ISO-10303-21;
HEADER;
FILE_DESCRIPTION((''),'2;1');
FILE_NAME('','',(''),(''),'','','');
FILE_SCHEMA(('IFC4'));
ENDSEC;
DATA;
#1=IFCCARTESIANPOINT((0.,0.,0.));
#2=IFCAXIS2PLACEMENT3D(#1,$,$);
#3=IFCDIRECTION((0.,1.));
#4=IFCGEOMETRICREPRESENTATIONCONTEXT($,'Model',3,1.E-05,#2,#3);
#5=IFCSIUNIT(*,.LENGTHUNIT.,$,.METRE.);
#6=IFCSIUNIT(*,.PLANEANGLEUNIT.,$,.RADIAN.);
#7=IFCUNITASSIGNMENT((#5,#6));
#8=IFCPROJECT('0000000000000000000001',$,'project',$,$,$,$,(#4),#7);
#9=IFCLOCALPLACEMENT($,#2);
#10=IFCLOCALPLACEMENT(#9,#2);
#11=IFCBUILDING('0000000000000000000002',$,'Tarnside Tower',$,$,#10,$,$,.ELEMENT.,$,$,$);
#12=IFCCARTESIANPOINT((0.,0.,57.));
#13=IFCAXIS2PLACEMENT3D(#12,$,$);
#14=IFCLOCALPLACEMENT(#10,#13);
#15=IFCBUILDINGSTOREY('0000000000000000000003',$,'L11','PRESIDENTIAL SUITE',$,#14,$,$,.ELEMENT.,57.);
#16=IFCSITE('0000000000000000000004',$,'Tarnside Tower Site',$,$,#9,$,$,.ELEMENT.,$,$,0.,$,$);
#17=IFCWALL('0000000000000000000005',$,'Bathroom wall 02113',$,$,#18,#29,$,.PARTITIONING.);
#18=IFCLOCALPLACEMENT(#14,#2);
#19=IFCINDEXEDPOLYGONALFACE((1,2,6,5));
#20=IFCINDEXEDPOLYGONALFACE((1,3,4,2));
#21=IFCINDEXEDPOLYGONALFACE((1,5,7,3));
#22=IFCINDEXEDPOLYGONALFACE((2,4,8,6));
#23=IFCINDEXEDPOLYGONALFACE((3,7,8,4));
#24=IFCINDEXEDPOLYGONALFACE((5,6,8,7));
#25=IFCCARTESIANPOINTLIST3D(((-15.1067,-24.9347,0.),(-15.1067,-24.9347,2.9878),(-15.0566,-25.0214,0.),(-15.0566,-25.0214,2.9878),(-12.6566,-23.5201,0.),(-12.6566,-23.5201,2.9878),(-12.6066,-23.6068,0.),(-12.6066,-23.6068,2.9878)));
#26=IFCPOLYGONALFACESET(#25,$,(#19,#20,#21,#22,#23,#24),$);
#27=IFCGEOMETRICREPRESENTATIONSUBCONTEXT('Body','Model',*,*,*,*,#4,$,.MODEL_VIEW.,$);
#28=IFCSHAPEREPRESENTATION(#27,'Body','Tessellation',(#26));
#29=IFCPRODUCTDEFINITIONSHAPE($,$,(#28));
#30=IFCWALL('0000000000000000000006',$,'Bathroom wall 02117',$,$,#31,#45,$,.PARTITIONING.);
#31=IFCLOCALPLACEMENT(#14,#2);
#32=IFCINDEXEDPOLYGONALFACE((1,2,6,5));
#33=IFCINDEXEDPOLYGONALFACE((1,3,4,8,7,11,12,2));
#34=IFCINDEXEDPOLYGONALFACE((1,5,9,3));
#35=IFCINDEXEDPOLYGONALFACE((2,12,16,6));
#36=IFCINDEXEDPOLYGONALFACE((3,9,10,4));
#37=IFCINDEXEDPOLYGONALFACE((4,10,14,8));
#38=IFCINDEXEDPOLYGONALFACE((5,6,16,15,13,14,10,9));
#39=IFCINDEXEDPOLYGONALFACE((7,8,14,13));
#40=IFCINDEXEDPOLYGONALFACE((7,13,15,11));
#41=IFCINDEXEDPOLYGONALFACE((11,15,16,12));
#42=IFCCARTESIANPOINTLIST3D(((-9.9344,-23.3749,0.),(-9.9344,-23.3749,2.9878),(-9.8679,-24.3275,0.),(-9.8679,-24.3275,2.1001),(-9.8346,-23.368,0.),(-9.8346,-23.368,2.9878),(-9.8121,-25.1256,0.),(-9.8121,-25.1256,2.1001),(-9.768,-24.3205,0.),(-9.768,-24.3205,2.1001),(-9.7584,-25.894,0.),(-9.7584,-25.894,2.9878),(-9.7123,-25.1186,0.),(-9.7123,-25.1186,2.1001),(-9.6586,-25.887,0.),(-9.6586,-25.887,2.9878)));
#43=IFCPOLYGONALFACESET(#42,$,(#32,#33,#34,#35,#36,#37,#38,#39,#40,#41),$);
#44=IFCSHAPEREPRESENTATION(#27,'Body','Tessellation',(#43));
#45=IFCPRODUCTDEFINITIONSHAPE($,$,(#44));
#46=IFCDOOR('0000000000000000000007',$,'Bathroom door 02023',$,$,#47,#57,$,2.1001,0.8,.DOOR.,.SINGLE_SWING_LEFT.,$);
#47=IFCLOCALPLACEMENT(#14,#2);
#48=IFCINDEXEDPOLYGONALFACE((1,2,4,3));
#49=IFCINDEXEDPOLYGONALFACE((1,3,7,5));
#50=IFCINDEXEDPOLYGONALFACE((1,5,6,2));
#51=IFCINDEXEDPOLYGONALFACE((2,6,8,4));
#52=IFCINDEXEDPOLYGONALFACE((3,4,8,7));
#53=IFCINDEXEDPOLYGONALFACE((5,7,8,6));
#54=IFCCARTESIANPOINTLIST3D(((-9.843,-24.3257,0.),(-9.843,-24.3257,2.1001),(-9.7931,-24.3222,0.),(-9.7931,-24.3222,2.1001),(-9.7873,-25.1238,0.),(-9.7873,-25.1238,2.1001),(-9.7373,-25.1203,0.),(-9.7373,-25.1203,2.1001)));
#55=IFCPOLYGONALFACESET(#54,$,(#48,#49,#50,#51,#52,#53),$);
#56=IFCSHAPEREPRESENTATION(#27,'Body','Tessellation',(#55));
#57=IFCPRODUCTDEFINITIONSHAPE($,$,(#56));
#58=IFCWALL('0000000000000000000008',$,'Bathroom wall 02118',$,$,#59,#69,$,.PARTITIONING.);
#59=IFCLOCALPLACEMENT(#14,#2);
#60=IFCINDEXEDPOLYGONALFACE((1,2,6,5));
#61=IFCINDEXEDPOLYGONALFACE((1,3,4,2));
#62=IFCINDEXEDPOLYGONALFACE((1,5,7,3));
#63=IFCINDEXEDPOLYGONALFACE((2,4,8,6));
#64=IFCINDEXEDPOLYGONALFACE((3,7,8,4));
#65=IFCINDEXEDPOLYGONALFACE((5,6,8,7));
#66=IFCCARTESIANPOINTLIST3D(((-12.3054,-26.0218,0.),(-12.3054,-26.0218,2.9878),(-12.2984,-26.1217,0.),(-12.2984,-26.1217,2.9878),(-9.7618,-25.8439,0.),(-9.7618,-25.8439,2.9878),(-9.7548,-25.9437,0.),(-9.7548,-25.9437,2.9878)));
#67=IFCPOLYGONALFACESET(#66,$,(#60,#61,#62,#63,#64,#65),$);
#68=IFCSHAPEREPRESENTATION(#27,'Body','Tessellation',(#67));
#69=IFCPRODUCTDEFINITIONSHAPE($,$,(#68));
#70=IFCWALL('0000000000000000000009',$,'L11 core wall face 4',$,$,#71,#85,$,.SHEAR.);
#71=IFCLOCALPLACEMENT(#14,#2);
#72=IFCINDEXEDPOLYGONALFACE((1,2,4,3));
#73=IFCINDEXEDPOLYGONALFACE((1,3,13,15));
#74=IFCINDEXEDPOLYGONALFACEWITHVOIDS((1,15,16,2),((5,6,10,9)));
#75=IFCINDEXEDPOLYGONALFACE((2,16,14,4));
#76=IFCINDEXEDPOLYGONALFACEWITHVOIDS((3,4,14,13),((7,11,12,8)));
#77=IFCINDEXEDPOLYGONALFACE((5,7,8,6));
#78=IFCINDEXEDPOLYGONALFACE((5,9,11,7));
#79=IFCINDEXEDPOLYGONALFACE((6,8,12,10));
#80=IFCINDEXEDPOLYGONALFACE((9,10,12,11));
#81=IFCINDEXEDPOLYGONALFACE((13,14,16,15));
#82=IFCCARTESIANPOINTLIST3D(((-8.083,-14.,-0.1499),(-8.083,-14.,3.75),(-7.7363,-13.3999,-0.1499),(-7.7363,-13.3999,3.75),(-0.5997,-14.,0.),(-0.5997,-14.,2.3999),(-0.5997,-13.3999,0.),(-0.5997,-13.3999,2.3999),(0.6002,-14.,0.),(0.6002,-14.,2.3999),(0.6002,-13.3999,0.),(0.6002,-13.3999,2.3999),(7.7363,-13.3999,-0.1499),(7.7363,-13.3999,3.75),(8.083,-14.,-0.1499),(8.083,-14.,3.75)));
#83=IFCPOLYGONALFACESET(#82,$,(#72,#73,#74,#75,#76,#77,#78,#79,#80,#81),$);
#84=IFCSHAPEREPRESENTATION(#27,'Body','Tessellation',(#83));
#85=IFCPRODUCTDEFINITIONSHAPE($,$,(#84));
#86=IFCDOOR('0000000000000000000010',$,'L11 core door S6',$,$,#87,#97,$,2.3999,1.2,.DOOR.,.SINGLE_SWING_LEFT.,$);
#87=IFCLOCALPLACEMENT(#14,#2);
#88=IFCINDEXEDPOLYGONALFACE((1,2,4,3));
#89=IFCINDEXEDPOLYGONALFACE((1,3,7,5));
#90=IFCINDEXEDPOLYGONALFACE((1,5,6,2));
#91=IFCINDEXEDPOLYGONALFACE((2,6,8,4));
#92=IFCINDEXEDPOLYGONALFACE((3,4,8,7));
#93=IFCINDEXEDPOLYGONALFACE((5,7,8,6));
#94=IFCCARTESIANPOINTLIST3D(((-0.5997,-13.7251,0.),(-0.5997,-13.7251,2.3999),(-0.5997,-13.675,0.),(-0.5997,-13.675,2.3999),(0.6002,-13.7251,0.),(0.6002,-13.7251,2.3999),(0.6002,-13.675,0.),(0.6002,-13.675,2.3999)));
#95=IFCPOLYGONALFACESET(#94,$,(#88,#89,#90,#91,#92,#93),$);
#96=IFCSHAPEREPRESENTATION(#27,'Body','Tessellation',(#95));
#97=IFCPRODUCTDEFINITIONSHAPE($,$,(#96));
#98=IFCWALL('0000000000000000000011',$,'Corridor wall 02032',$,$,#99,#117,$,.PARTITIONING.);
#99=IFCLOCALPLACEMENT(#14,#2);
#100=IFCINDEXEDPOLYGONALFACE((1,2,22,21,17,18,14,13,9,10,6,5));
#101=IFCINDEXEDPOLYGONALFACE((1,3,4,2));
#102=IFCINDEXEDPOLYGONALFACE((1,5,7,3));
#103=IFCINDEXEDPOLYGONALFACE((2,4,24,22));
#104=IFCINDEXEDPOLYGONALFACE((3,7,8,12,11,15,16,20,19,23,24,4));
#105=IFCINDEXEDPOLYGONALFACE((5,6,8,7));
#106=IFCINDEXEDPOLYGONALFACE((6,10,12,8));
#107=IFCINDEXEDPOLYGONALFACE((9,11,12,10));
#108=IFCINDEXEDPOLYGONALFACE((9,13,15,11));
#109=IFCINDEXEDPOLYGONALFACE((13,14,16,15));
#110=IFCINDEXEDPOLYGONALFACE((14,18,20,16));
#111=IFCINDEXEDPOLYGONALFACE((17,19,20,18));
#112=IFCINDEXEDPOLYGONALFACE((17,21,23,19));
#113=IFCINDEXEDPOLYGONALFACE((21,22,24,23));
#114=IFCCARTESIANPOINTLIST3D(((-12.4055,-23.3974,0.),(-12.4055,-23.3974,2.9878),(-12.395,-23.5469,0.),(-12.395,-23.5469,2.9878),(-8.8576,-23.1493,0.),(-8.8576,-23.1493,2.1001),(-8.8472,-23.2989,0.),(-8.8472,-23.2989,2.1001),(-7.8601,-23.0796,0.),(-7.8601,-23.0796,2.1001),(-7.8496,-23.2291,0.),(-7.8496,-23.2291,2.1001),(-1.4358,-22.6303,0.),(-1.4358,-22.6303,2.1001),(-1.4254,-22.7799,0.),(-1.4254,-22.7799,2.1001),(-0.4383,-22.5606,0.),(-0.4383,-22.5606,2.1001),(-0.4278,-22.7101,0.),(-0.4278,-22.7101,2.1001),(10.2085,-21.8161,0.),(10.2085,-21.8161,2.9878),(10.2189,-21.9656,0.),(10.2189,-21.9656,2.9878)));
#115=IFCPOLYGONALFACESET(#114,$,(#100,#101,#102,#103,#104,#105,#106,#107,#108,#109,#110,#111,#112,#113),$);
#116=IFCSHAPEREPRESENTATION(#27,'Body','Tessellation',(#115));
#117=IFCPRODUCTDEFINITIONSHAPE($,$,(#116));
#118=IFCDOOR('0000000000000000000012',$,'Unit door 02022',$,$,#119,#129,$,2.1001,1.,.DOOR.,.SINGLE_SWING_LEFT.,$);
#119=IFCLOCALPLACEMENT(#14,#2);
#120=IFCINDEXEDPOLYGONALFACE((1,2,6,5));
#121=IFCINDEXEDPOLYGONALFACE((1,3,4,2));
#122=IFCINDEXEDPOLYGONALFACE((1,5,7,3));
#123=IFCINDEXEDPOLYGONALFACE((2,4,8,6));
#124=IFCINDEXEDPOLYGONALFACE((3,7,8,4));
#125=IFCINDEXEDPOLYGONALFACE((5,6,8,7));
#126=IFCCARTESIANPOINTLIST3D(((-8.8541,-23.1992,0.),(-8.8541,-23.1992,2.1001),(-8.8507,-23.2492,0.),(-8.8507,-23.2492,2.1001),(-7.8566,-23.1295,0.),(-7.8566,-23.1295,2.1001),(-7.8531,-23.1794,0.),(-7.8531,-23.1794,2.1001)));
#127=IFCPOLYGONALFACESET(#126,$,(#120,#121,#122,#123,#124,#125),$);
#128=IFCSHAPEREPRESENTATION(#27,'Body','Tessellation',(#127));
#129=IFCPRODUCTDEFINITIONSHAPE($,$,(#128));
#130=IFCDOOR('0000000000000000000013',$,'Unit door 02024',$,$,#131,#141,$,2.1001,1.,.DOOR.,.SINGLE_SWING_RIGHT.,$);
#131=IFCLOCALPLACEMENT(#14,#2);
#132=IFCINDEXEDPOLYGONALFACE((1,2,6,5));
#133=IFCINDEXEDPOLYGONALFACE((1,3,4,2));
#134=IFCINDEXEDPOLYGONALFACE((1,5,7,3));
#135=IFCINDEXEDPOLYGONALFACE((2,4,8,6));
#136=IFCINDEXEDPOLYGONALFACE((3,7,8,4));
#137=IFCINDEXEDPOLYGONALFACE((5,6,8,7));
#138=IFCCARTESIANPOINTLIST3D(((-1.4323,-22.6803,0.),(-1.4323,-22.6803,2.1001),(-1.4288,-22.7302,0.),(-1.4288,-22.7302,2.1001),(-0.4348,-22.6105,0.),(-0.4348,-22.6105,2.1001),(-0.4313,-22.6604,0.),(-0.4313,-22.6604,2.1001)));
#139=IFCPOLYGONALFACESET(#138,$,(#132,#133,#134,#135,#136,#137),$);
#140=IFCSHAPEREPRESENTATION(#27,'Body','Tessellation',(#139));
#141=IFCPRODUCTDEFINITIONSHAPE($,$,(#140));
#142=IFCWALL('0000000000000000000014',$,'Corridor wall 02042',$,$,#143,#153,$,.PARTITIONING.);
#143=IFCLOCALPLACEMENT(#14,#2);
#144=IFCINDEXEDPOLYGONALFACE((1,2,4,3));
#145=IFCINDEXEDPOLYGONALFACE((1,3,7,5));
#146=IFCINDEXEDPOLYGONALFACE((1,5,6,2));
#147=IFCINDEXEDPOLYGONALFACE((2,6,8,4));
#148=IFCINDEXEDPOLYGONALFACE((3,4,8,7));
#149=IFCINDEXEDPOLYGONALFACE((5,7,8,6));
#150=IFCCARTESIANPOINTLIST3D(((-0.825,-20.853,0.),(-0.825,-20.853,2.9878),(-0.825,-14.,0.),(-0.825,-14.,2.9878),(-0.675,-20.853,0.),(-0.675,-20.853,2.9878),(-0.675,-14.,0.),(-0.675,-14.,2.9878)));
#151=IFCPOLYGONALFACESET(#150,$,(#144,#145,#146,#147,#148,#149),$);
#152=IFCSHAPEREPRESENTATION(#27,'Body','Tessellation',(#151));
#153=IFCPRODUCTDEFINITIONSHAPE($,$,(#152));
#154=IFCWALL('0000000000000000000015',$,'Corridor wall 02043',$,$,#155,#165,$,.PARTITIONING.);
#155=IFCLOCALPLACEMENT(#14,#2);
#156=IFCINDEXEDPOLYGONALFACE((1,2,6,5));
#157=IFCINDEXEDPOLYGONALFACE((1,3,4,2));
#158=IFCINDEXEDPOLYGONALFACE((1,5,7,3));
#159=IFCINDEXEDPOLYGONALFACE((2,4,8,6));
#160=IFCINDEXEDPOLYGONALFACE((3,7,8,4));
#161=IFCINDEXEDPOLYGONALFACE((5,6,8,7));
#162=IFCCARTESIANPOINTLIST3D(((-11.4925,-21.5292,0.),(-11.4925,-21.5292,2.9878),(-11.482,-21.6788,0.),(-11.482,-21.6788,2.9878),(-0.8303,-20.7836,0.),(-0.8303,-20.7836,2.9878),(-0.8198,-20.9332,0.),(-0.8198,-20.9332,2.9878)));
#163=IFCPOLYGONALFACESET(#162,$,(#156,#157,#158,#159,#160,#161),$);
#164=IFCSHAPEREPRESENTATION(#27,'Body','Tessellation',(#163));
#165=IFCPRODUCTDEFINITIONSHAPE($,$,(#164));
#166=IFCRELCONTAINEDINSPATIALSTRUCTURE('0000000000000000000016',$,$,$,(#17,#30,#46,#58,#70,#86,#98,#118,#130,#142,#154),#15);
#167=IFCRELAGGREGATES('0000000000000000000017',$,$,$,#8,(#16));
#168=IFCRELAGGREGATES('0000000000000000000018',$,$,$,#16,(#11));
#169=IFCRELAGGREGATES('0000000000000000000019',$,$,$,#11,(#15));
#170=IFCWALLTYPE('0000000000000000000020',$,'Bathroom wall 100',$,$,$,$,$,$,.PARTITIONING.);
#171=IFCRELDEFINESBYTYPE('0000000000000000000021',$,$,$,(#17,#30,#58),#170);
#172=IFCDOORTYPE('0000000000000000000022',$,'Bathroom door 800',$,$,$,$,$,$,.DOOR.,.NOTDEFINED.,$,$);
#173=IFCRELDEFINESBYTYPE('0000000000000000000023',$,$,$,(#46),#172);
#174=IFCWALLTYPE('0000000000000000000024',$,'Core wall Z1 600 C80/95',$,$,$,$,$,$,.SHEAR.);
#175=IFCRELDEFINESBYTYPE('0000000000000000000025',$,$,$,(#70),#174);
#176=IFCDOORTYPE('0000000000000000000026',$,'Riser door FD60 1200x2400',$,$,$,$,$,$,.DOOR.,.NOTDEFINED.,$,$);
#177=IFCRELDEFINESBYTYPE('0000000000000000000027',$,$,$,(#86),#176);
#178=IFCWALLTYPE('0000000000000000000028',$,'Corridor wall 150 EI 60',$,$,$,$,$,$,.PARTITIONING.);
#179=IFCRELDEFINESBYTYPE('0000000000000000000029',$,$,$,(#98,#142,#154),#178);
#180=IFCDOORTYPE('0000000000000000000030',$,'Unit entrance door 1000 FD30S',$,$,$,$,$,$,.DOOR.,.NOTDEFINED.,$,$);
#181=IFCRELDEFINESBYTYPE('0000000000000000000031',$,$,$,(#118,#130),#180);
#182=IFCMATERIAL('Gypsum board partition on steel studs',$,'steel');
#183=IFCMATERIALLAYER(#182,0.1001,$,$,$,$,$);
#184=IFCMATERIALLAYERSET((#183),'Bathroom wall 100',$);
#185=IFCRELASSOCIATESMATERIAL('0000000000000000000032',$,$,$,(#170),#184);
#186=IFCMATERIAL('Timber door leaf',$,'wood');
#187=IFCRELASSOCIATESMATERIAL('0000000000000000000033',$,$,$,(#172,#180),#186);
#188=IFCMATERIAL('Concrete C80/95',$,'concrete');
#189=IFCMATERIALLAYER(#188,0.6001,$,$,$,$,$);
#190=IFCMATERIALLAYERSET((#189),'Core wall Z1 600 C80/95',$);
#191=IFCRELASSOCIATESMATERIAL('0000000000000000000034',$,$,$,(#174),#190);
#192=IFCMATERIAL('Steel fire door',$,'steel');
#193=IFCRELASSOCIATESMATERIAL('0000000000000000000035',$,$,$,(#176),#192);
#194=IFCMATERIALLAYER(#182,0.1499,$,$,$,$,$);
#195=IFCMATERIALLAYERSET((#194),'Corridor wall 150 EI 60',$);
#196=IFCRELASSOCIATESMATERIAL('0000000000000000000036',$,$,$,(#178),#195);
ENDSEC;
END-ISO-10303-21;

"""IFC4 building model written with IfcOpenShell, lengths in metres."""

from ifc_helpers import new_model, si_unit, direction, frame, frame_2d, origin, place, context, subcontext, project, spatial, polyline, rectangle, outline, extrude, material, layer, layer_set, type_object, element, fill, save


model = new_model("IFC4")

# Units and contexts
model_context = context("Model", 3, precision=1e-05, world=origin(), true_north=direction((0.0, 1.0)))
body_context = subcontext(model_context, "Body", "Model", "MODEL_VIEW")
ifc_project = project(units=[si_unit("LENGTHUNIT", "METRE"), si_unit("PLANEANGLEUNIT", "RADIAN")], contexts=[model_context])

# Site, building, storey
site_placement = place(None, origin())
site = spatial("IfcSite", under=ifc_project, at=site_placement, Name="Tarnside Tower Site", CompositionType="ELEMENT", RefElevation=0.0)
building_placement = place(site_placement, origin())
building = spatial("IfcBuilding", under=site, at=building_placement, Name="Tarnside Tower", CompositionType="ELEMENT")
storey_placement = place(building_placement, frame((0.0, 0.0, 57.0)))
storey = spatial("IfcBuildingStorey", under=building, at=storey_placement, Name="L11", Description="PRESIDENTIAL SUITE", CompositionType="ELEMENT", Elevation=57.0)

# Wall
ifc_material_1 = material(Name="Gypsum board partition on steel studs", Category="steel")
ifc_layer_1 = layer(ifc_material_1, 0.1001)
ifc_layer_set_1 = layer_set([ifc_layer_1], Name="Bathroom wall 100")
wall_type_1 = type_object("IfcWallType", Name="Bathroom wall 100", PredefinedType="PARTITIONING", material=ifc_layer_set_1)
wall_1_placement = place(storey_placement, frame((-12.6316, -23.5635, 0.0), z_axis=(0.0, 0.0, 1.0), x_axis=(-0.866015, -0.500019, 0.0)))
element("IfcWall", 1, at=wall_1_placement, inside=storey, type_object=wall_type_1, Name="Bathroom wall 02113", PredefinedType="PARTITIONING", context=body_context, shape_type="SweptSolid", body=[
    extrude(rectangle(XDim=2.8291, YDim=0.1001, at=frame_2d((1.4146, 0.0))), origin(), (0.0, 0.0, 1.0), 2.9878),
])

# Wall, opening, door
wall_2_placement = place(storey_placement, frame((-9.8845, -23.3713, 0.0), z_axis=(0.0, 0.0, 1.0), x_axis=(0.069708, -0.997567, 0.0)))
wall_2 = element("IfcWall", 2, at=wall_2_placement, inside=storey, type_object=wall_type_1, Name="Bathroom wall 02117", PredefinedType="PARTITIONING", context=body_context, shape_type="SweptSolid", body=[
    extrude(rectangle(XDim=2.5251, YDim=0.1001, at=frame_2d((1.2627, 0.0))), origin(), (0.0, 0.0, 1.0), 2.9878),
])
opening_1_placement = place(wall_2_placement, frame((0.9551, 0.0, 0.0)))
opening_1 = element("IfcOpeningElement", 3, at=opening_1_placement, cuts=wall_2, PredefinedType="OPENING", context=body_context, shape_type="SweptSolid", body=[
    extrude(rectangle(XDim=0.8, YDim=2.1001, at=frame_2d((0.3999, 1.05))), frame((0.0, 0.0601, 0.0), z_axis=(0.0, -1.0, 0.0), x_axis=(1.0, 0.0, 0.0)), (0.0, 0.0, 1.0), 0.1201),
])
ifc_material_2 = material(Name="Timber door leaf", Category="wood")
door_type_1 = type_object("IfcDoorType", Name="Bathroom door 800", OperationType="NOTDEFINED", PredefinedType="DOOR", material=ifc_material_2)
door_1_placement = place(opening_1_placement, origin())
door_1 = element("IfcDoor", 4, at=door_1_placement, inside=storey, type_object=door_type_1, Name="Bathroom door 02023", OperationType="SINGLE_SWING_LEFT", OverallHeight=2.1001, OverallWidth=0.8, PredefinedType="DOOR", context=body_context, shape_type="SweptSolid", body=[
    extrude(rectangle(XDim=0.8, YDim=2.1001, at=frame_2d((0.3999, 1.05))), frame((0.0, 0.0249, 0.0), z_axis=(0.0, -1.0, 0.0), x_axis=(1.0, 0.0, 0.0)), (0.0, 0.0, 1.0), 0.05),
])
fill(opening_1, door_1)

# Wall
wall_3_placement = place(storey_placement, frame((-9.7583, -25.8938, 0.0), z_axis=(0.0, 0.0, 1.0), x_axis=(-0.997561, -0.069798, 0.0)))
element("IfcWall", 5, at=wall_3_placement, inside=storey, type_object=wall_type_1, Name="Bathroom wall 02118", PredefinedType="PARTITIONING", context=body_context, shape_type="SweptSolid", body=[
    extrude(rectangle(XDim=2.5498, YDim=0.1001, at=frame_2d((1.2749, 0.0))), origin(), (0.0, 0.0, 1.0), 2.9878),
])

# Wall, opening, door
ifc_material_3 = material(Name="Concrete C80/95", Category="concrete")
ifc_layer_2 = layer(ifc_material_3, 0.6001)
ifc_layer_set_2 = layer_set([ifc_layer_2], Name="Core wall Z1 600 C80/95")
wall_type_2 = type_object("IfcWallType", Name="Core wall Z1 600 C80/95", PredefinedType="SHEAR", material=ifc_layer_set_2)
wall_4_placement = place(storey_placement, frame((-7.9097, -13.7, -0.1499), z_axis=(0.0, 0.0, 1.0), x_axis=(1.0, 0.0, 0.0)))
wall_4 = element("IfcWall", 6, at=wall_4_placement, inside=storey, type_object=wall_type_2, Name="L11 core wall face 4", PredefinedType="SHEAR", context=body_context, shape_type="SweptSolid", body=[
    extrude(outline(polyline([(-0.1733, -0.3), (15.9927, -0.3), (15.646, 0.3), (0.1733, 0.3), (-0.1733, -0.3)])), origin(), (0.0, 0.0, 1.0), 3.8999),
])
opening_2_placement = place(wall_4_placement, frame((7.3098, 0.0, 0.1499)))
opening_2 = element("IfcOpeningElement", 7, at=opening_2_placement, cuts=wall_4, PredefinedType="OPENING", context=body_context, shape_type="SweptSolid", body=[
    extrude(rectangle(XDim=1.2, YDim=2.3999, at=frame_2d((0.6001, 1.2))), frame((0.0, 0.3101, 0.0), z_axis=(0.0, -1.0, 0.0), x_axis=(1.0, 0.0, 0.0)), (0.0, 0.0, 1.0), 0.6201),
])
ifc_material_4 = material(Name="Steel fire door", Category="steel")
door_type_2 = type_object("IfcDoorType", Name="Riser door FD60 1200x2400", OperationType="NOTDEFINED", PredefinedType="DOOR", material=ifc_material_4)
door_2_placement = place(opening_2_placement, origin())
door_2 = element("IfcDoor", 8, at=door_2_placement, inside=storey, type_object=door_type_2, Name="L11 core door S6", OperationType="SINGLE_SWING_LEFT", OverallHeight=2.3999, OverallWidth=1.2, PredefinedType="DOOR", context=body_context, shape_type="SweptSolid", body=[
    extrude(rectangle(XDim=1.2, YDim=2.3999, at=frame_2d((0.6001, 1.2))), frame((0.0, 0.0249, 0.0), z_axis=(0.0, -1.0, 0.0), x_axis=(1.0, 0.0, 0.0)), (0.0, 0.0, 1.0), 0.05),
])
fill(opening_2, door_2)

# Wall, openings, doors
ifc_layer_3 = layer(ifc_material_1, 0.1499)
ifc_layer_set_3 = layer_set([ifc_layer_3], Name="Corridor wall 150 EI 60")
wall_type_3 = type_object("IfcWallType", Name="Corridor wall 150 EI 60", PredefinedType="PARTITIONING", material=ifc_layer_set_3)
wall_5_placement = place(storey_placement, frame((-12.4001, -23.4722, 0.0), z_axis=(0.0, 0.0, 1.0), x_axis=(0.997564, 0.069755, 0.0)))
wall_5 = element("IfcWall", 9, at=wall_5_placement, inside=storey, type_object=wall_type_3, Name="Corridor wall 02032", PredefinedType="PARTITIONING", context=body_context, shape_type="SweptSolid", body=[
    extrude(rectangle(XDim=22.6692, YDim=0.1499, at=frame_2d((11.3345, 0.0))), origin(), (0.0, 0.0, 1.0), 2.9878),
])
opening_3_placement = place(wall_5_placement, frame((3.5564, 0.0, 0.0)))
opening_3 = element("IfcOpeningElement", 10, at=opening_3_placement, cuts=wall_5, PredefinedType="OPENING", context=body_context, shape_type="SweptSolid", body=[
    extrude(rectangle(XDim=1.0, YDim=2.1001, at=frame_2d((0.5, 1.05))), frame((0.0, 0.085, 0.0), z_axis=(0.0, -1.0, 0.0), x_axis=(1.0, 0.0, 0.0)), (0.0, 0.0, 1.0), 0.1699),
])
opening_4_placement = place(wall_5_placement, frame((10.9963, 0.0, 0.0)))
opening_4 = element("IfcOpeningElement", 11, at=opening_4_placement, cuts=wall_5, PredefinedType="OPENING", context=body_context, shape_type="SweptSolid", body=[
    extrude(rectangle(XDim=1.0, YDim=2.1001, at=frame_2d((0.5, 1.05))), frame((0.0, 0.085, 0.0), z_axis=(0.0, -1.0, 0.0), x_axis=(1.0, 0.0, 0.0)), (0.0, 0.0, 1.0), 0.1699),
])
door_type_3 = type_object("IfcDoorType", Name="Unit entrance door 1000 FD30S", OperationType="NOTDEFINED", PredefinedType="DOOR", material=ifc_material_2)
door_3_placement = place(opening_3_placement, origin())
door_3 = element("IfcDoor", 12, at=door_3_placement, inside=storey, type_object=door_type_3, Name="Unit door 02022", OperationType="SINGLE_SWING_LEFT", OverallHeight=2.1001, OverallWidth=1.0, PredefinedType="DOOR", context=body_context, shape_type="SweptSolid", body=[
    extrude(rectangle(XDim=1.0, YDim=2.1001, at=frame_2d((0.5, 1.05))), frame((0.0, 0.0249, 0.0), z_axis=(0.0, -1.0, 0.0), x_axis=(1.0, 0.0, 0.0)), (0.0, 0.0, 1.0), 0.05),
])
fill(opening_3, door_3)
door_4_placement = place(opening_4_placement, origin())
door_4 = element("IfcDoor", 13, at=door_4_placement, inside=storey, type_object=door_type_3, Name="Unit door 02024", OperationType="SINGLE_SWING_RIGHT", OverallHeight=2.1001, OverallWidth=1.0, PredefinedType="DOOR", context=body_context, shape_type="SweptSolid", body=[
    extrude(rectangle(XDim=1.0, YDim=2.1001, at=frame_2d((0.5, 1.05))), frame((0.0, 0.0249, 0.0), z_axis=(0.0, -1.0, 0.0), x_axis=(1.0, 0.0, 0.0)), (0.0, 0.0, 1.0), 0.05),
])
fill(opening_4, door_4)

# Walls
wall_6_placement = place(storey_placement, frame((-0.75, -14.0, 0.0), z_axis=(0.0, 0.0, 1.0), x_axis=(0.0, -1.0, 0.0)))
element("IfcWall", 14, at=wall_6_placement, inside=storey, type_object=wall_type_3, Name="Corridor wall 02042", PredefinedType="PARTITIONING", context=body_context, shape_type="SweptSolid", body=[
    extrude(rectangle(XDim=6.853, YDim=0.1499, at=frame_2d((3.4265, 0.0))), origin(), (0.0, 0.0, 1.0), 2.9878),
])
wall_7_placement = place(storey_placement, frame((-0.825, -20.8584, 0.0), z_axis=(0.0, 0.0, 1.0), x_axis=(-0.997564, -0.06976, 0.0)))
element("IfcWall", 15, at=wall_7_placement, inside=storey, type_object=wall_type_3, Name="Corridor wall 02043", PredefinedType="PARTITIONING", context=body_context, shape_type="SweptSolid", body=[
    extrude(rectangle(XDim=10.6882, YDim=0.1499, at=frame_2d((5.3442, 0.0))), origin(), (0.0, 0.0, 1.0), 2.9878),
])

save(model, "model.ifc")
